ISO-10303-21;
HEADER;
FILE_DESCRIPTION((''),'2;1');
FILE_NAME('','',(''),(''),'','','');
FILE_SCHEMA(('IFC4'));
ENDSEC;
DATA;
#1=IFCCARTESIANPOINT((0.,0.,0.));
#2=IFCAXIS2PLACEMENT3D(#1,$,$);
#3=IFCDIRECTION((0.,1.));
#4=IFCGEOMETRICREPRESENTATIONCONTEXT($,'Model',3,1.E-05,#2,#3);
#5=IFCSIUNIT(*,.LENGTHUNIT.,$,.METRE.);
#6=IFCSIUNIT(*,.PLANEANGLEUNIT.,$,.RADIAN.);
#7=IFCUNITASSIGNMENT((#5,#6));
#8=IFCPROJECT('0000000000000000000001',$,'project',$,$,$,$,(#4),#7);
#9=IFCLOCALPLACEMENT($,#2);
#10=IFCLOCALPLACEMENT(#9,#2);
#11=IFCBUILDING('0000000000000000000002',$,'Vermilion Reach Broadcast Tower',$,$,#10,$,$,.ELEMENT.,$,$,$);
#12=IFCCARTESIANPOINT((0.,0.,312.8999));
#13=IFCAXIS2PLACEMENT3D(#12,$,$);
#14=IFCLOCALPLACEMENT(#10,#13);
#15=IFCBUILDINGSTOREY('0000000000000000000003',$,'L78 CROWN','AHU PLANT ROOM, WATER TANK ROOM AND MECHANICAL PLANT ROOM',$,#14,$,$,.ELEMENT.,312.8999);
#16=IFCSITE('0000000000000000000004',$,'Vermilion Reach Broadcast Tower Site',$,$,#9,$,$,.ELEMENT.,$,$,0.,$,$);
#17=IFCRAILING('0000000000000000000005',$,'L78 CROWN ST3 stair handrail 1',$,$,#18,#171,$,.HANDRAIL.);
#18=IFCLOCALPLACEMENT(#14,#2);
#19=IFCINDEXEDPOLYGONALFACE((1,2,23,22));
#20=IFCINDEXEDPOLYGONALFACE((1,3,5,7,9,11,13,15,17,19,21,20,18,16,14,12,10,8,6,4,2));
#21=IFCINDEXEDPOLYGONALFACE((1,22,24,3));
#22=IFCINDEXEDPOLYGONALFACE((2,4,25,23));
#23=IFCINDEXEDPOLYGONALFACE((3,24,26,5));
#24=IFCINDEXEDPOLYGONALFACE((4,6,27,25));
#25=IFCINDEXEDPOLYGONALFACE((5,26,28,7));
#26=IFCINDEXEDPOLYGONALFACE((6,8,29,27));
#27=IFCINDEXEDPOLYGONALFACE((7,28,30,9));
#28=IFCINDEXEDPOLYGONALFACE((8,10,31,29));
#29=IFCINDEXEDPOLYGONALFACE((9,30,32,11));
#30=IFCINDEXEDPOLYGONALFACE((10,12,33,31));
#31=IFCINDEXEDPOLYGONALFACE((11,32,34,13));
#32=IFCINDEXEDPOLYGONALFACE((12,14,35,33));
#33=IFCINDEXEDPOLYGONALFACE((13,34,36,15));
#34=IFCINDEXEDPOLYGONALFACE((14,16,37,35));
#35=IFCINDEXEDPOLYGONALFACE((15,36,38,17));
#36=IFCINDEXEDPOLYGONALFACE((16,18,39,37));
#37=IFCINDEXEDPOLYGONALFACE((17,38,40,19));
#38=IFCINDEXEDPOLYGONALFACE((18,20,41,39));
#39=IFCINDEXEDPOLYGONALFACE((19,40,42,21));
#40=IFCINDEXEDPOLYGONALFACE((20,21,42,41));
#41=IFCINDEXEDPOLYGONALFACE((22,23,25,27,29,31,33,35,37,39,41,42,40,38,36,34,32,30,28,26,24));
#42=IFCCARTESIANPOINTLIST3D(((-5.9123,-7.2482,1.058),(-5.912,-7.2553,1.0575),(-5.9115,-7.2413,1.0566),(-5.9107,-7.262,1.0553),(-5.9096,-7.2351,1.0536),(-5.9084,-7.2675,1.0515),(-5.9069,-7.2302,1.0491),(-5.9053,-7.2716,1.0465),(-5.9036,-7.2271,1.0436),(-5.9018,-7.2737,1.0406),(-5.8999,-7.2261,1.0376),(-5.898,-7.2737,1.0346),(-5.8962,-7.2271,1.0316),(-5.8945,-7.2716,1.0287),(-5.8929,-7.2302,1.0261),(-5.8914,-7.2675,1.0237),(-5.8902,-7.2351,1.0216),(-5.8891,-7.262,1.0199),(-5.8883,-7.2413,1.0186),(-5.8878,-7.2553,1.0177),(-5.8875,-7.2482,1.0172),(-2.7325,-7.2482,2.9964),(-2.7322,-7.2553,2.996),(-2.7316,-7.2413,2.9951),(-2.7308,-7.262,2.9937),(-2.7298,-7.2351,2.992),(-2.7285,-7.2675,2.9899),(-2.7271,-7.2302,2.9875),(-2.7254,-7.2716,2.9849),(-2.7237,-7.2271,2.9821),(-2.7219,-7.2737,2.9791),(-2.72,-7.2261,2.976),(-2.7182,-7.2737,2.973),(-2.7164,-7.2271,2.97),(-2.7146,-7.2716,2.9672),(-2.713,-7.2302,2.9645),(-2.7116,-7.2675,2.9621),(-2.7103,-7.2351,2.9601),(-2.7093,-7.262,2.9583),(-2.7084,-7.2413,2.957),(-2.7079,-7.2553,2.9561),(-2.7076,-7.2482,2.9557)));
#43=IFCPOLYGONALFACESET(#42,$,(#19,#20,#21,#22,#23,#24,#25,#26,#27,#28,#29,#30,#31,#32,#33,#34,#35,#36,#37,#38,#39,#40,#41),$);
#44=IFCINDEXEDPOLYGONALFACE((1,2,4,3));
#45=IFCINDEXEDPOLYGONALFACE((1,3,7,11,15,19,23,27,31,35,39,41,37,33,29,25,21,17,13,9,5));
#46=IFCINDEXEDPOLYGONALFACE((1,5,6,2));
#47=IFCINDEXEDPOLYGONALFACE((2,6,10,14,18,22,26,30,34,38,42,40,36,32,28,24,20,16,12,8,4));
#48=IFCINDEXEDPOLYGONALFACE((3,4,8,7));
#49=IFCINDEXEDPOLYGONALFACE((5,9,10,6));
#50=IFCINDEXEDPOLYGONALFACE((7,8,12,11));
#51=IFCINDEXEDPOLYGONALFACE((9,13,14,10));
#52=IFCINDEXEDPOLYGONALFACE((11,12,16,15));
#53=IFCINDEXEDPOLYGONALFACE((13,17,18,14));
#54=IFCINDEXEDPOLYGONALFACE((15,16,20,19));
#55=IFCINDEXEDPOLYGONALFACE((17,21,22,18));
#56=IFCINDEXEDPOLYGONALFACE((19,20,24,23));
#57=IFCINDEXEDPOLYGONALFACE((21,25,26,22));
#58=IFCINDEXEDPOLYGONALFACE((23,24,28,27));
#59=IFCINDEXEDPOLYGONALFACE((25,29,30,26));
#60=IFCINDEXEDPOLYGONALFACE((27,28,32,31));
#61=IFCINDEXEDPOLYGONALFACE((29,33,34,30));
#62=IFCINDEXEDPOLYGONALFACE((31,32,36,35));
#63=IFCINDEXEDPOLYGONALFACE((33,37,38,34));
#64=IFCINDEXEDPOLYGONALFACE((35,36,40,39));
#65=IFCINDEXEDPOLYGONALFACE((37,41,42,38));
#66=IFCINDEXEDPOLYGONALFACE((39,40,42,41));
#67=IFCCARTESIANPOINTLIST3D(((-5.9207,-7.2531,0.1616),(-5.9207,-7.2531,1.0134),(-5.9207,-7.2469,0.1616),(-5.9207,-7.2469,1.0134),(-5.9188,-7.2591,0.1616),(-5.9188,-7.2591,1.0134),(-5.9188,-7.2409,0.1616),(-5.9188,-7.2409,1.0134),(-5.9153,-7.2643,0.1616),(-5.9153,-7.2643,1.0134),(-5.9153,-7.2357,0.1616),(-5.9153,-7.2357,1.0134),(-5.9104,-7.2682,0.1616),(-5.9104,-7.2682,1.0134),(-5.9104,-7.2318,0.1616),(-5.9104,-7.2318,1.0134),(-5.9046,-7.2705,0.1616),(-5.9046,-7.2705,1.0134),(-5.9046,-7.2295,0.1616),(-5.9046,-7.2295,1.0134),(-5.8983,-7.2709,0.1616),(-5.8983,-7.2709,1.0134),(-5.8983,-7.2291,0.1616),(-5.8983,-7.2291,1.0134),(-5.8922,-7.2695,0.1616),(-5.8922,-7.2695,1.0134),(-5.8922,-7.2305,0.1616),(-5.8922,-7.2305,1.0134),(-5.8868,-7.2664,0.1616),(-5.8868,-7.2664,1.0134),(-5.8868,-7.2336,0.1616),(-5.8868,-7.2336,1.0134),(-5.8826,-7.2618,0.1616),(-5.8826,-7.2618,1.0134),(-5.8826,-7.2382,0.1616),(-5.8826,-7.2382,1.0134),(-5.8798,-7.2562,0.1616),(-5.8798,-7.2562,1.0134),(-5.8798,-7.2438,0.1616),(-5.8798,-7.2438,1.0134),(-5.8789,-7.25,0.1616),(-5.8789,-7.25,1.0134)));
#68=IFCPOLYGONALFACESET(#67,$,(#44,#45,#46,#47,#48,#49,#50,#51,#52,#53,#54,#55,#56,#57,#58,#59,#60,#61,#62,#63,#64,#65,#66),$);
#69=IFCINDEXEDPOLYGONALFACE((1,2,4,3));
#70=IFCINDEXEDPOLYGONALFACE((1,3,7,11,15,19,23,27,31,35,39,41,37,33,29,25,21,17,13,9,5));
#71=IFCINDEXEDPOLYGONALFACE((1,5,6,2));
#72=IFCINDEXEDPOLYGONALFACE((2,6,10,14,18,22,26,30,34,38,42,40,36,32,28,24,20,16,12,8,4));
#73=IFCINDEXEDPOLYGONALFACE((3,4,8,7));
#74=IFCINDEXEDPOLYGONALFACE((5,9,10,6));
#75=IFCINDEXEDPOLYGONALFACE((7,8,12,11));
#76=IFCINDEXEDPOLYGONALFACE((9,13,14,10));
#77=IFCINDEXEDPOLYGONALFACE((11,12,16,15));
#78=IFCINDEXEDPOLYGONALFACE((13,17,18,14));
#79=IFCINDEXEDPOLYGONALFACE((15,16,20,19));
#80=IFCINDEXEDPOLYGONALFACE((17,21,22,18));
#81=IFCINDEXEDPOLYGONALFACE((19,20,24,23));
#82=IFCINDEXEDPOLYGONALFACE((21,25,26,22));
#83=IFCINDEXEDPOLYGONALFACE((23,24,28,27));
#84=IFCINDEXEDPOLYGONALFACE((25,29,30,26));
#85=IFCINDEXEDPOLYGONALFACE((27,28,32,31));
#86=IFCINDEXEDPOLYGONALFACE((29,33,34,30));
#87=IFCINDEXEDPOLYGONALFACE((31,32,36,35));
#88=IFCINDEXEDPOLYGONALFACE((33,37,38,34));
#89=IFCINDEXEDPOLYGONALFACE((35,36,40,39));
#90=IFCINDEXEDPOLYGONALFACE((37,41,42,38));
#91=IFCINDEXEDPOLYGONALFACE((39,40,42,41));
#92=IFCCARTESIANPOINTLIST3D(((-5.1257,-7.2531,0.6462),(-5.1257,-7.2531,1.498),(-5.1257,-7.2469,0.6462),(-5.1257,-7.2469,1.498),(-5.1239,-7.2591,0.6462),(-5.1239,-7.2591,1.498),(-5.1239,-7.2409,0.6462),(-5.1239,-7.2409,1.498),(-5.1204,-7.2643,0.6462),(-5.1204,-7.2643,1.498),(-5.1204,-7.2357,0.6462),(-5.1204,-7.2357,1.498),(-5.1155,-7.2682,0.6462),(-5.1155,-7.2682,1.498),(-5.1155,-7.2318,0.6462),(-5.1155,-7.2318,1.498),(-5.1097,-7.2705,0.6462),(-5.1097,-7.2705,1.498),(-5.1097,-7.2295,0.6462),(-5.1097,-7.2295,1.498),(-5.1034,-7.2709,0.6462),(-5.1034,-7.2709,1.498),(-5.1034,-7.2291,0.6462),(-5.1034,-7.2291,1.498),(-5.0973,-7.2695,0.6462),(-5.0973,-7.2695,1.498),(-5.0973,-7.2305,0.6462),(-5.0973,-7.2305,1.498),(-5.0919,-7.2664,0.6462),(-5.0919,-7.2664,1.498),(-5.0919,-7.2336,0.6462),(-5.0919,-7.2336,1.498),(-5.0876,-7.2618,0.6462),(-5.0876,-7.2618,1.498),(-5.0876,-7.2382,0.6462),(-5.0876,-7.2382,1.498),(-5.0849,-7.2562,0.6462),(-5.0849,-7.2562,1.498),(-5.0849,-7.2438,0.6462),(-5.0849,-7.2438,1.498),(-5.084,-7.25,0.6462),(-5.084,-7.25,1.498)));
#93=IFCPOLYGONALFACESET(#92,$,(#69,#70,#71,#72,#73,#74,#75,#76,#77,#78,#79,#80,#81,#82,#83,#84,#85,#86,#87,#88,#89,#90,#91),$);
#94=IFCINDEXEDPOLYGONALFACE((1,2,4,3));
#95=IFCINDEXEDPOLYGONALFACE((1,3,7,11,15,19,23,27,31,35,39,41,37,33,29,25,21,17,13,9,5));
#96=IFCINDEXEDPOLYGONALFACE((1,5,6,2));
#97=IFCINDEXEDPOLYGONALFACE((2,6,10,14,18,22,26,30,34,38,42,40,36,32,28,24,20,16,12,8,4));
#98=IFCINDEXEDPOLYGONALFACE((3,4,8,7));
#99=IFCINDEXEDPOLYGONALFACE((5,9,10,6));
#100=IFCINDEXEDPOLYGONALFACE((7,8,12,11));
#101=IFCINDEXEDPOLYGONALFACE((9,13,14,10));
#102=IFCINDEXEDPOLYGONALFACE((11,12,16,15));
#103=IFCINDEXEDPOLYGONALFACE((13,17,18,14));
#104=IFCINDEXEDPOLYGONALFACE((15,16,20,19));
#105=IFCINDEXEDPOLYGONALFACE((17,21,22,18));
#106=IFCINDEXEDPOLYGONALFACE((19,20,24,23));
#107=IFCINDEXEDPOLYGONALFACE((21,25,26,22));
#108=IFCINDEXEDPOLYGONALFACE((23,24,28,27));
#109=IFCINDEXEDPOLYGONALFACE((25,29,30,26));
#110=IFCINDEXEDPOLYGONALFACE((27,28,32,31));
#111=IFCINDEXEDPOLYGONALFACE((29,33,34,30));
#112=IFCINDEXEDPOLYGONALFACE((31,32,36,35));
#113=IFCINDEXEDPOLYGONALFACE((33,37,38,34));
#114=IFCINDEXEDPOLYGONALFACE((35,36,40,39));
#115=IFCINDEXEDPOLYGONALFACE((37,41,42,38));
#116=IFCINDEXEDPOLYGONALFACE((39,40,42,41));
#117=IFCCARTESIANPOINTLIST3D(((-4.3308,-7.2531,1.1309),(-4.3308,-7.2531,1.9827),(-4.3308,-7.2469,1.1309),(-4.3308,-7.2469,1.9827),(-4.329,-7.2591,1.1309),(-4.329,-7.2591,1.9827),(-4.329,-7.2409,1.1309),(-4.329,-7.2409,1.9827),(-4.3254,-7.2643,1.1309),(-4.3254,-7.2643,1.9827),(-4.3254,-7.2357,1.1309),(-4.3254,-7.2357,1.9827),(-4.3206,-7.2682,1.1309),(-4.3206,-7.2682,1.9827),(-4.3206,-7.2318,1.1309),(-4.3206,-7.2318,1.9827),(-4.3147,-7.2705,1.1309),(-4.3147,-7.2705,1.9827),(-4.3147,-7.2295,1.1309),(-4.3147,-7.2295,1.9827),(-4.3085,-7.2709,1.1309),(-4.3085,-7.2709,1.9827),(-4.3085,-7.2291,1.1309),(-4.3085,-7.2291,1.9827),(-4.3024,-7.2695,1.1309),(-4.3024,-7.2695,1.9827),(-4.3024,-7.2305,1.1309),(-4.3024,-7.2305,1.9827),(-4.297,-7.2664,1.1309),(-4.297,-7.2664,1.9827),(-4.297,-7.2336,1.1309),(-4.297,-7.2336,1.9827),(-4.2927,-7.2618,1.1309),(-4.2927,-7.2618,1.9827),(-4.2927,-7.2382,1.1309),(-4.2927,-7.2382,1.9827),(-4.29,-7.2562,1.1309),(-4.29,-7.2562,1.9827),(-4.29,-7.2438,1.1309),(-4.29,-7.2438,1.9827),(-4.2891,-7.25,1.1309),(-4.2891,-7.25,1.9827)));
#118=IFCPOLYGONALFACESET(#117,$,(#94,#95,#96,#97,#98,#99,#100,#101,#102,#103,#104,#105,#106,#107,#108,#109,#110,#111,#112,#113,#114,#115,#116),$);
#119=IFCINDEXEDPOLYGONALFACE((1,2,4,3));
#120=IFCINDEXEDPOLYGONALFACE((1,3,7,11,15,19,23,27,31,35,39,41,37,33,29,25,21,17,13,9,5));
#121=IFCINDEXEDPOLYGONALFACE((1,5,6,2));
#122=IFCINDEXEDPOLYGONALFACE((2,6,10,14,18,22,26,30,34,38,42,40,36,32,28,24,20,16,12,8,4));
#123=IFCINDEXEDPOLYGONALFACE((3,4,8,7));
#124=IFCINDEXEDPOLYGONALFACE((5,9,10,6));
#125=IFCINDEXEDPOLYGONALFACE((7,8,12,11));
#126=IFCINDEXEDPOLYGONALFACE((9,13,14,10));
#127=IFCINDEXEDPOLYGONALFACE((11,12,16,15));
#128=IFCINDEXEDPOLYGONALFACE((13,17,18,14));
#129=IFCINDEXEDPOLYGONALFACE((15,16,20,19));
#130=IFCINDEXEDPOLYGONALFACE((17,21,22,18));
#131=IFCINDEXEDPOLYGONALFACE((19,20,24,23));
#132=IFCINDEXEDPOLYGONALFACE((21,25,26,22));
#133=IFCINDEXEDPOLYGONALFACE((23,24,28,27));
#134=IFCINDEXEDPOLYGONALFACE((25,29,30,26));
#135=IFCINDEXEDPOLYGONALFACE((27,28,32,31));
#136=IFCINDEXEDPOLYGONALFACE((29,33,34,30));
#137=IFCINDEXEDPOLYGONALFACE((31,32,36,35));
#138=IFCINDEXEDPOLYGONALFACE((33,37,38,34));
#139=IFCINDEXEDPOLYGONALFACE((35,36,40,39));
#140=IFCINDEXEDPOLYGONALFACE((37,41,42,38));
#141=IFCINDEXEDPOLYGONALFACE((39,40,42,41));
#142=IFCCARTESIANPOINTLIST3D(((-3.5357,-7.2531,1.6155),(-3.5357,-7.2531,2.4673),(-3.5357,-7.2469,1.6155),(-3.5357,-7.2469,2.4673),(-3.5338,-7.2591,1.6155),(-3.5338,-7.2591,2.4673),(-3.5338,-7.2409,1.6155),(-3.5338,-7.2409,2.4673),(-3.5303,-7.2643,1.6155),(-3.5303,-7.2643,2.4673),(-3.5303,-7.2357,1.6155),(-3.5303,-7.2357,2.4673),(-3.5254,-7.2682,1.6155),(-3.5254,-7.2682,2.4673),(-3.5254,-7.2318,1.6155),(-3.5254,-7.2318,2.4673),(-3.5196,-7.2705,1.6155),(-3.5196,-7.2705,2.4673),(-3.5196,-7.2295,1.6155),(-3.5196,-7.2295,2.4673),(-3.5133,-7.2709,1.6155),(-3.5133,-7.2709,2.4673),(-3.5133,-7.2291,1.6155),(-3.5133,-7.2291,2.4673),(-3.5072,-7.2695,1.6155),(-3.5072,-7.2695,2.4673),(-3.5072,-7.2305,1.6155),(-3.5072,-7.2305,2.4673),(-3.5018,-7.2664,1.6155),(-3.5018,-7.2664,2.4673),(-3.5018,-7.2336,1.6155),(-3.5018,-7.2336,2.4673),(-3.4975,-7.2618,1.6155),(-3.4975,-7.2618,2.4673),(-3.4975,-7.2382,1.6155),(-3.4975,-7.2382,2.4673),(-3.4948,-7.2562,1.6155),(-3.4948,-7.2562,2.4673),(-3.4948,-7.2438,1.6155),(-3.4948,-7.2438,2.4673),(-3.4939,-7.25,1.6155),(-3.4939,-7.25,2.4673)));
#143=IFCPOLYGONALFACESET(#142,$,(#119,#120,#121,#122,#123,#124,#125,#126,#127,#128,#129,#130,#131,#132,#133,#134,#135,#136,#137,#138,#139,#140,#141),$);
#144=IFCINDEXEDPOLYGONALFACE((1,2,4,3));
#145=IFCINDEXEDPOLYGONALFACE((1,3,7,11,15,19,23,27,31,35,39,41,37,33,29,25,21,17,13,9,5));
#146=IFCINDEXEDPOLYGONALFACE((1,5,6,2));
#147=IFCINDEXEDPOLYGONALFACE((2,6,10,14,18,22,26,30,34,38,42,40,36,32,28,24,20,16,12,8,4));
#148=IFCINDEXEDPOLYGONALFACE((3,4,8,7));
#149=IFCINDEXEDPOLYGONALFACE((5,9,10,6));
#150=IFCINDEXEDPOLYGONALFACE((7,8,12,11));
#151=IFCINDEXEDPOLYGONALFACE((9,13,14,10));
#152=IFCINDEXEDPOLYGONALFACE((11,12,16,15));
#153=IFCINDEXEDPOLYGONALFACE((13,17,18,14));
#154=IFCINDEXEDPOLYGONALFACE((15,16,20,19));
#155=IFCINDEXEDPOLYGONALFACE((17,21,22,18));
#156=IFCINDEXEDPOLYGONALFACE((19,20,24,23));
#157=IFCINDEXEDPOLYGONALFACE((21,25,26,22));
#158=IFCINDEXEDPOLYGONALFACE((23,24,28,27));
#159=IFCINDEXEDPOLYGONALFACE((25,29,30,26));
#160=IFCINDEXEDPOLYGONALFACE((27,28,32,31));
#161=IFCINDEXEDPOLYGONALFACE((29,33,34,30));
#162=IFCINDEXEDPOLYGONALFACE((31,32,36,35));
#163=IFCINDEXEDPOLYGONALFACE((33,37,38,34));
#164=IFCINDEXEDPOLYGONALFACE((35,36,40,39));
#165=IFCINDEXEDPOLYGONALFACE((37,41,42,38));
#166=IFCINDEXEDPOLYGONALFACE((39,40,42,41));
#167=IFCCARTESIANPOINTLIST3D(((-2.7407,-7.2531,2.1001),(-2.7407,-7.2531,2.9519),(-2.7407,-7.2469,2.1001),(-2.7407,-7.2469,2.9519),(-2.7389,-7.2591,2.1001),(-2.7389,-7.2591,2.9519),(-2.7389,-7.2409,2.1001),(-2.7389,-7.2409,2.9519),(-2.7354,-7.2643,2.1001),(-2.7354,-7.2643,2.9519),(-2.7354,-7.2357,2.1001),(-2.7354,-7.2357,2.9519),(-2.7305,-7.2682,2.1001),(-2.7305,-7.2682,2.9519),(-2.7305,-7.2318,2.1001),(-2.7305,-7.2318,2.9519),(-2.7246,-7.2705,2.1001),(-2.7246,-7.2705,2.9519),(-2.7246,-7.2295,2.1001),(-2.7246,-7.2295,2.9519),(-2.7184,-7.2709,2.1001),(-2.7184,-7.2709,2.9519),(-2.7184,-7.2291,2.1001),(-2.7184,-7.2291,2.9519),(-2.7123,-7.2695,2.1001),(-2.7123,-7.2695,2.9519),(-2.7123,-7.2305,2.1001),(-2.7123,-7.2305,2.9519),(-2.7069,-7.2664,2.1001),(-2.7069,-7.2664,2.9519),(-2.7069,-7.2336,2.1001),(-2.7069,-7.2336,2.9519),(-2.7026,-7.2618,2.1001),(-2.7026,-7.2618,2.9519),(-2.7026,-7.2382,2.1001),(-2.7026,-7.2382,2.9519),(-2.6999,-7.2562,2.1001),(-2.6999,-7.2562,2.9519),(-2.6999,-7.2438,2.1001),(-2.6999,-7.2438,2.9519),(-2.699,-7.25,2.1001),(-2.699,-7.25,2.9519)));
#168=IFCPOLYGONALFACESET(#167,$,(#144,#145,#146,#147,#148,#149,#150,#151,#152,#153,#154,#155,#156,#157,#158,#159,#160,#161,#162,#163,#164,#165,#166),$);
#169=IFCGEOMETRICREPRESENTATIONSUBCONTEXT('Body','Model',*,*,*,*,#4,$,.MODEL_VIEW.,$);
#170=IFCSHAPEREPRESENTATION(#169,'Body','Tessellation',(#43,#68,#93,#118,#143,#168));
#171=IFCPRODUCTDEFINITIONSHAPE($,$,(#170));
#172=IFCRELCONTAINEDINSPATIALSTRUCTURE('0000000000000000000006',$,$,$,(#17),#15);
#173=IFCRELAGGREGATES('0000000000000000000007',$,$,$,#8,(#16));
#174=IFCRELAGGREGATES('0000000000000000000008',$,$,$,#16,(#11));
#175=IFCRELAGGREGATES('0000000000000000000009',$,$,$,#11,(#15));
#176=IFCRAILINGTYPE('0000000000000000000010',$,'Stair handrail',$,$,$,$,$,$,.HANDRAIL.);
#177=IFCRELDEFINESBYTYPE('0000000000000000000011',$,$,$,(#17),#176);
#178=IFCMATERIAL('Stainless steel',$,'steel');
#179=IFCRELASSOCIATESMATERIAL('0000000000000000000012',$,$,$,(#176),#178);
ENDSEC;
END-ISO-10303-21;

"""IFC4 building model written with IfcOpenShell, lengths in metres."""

from ifc_helpers import new_model, si_unit, direction, frame, origin, origin_2d, place, context, subcontext, project, spatial, circle, extrude, material, type_object, element, save


model = new_model("IFC4")

# Units and contexts
model_context = context("Model", 3, precision=1e-05, world=origin(), true_north=direction((0.0, 1.0)))
body_context = subcontext(model_context, "Body", "Model", "MODEL_VIEW")
ifc_project = project(units=[si_unit("LENGTHUNIT", "METRE"), si_unit("PLANEANGLEUNIT", "RADIAN")], contexts=[model_context])

# Site, building, storey
site_placement = place(None, origin())
site = spatial("IfcSite", under=ifc_project, at=site_placement, Name="Vermilion Reach Broadcast Tower Site", CompositionType="ELEMENT", RefElevation=0.0)
building_placement = place(site_placement, origin())
building = spatial("IfcBuilding", under=site, at=building_placement, Name="Vermilion Reach Broadcast Tower", CompositionType="ELEMENT")
storey_placement = place(building_placement, frame((0.0, 0.0, 312.8999)))
storey = spatial("IfcBuildingStorey", under=building, at=storey_placement, Name="L78 CROWN", Description="AHU PLANT ROOM, WATER TANK ROOM AND MECHANICAL PLANT ROOM", CompositionType="ELEMENT", Elevation=312.8999)

# Railing
ifc_material_1 = material(Name="Stainless steel", Category="steel")
railing_type_1 = type_object("IfcRailingType", Name="Stair handrail", PredefinedType="HANDRAIL", material=ifc_material_1)
railing_1_placement = place(storey_placement, frame((-5.8999, -7.25, 0.1616)))
element("IfcRailing", 1, at=railing_1_placement, inside=storey, type_object=railing_type_1, Name="L78 CROWN ST3 stair handrail 1", PredefinedType="HANDRAIL", context=body_context, shape_type="SweptSolid", body=[
    extrude(circle(Radius=0.0239, at=origin_2d()), frame((0.0, 0.0, 0.876), z_axis=(0.853857, 0.0, 0.520508), x_axis=(0.0, 1.0, 0.0)), (0.0, 0.0, 1.0), 3.7241),
    extrude(circle(Radius=0.021, at=origin_2d()), origin(), (0.0, 0.0, 1.0), 0.8518),
    extrude(circle(Radius=0.021, at=origin_2d()), frame((0.7949, 0.0, 0.4846)), (0.0, 0.0, 1.0), 0.8518),
    extrude(circle(Radius=0.021, at=origin_2d()), frame((1.5898, 0.0, 0.9692)), (0.0, 0.0, 1.0), 0.8518),
    extrude(circle(Radius=0.021, at=origin_2d()), frame((2.385, 0.0, 1.4539)), (0.0, 0.0, 1.0), 0.8518),
    extrude(circle(Radius=0.021, at=origin_2d()), frame((3.1799, 0.0, 1.9385)), (0.0, 0.0, 1.0), 0.8518),
])

save(model, "model.ifc")
